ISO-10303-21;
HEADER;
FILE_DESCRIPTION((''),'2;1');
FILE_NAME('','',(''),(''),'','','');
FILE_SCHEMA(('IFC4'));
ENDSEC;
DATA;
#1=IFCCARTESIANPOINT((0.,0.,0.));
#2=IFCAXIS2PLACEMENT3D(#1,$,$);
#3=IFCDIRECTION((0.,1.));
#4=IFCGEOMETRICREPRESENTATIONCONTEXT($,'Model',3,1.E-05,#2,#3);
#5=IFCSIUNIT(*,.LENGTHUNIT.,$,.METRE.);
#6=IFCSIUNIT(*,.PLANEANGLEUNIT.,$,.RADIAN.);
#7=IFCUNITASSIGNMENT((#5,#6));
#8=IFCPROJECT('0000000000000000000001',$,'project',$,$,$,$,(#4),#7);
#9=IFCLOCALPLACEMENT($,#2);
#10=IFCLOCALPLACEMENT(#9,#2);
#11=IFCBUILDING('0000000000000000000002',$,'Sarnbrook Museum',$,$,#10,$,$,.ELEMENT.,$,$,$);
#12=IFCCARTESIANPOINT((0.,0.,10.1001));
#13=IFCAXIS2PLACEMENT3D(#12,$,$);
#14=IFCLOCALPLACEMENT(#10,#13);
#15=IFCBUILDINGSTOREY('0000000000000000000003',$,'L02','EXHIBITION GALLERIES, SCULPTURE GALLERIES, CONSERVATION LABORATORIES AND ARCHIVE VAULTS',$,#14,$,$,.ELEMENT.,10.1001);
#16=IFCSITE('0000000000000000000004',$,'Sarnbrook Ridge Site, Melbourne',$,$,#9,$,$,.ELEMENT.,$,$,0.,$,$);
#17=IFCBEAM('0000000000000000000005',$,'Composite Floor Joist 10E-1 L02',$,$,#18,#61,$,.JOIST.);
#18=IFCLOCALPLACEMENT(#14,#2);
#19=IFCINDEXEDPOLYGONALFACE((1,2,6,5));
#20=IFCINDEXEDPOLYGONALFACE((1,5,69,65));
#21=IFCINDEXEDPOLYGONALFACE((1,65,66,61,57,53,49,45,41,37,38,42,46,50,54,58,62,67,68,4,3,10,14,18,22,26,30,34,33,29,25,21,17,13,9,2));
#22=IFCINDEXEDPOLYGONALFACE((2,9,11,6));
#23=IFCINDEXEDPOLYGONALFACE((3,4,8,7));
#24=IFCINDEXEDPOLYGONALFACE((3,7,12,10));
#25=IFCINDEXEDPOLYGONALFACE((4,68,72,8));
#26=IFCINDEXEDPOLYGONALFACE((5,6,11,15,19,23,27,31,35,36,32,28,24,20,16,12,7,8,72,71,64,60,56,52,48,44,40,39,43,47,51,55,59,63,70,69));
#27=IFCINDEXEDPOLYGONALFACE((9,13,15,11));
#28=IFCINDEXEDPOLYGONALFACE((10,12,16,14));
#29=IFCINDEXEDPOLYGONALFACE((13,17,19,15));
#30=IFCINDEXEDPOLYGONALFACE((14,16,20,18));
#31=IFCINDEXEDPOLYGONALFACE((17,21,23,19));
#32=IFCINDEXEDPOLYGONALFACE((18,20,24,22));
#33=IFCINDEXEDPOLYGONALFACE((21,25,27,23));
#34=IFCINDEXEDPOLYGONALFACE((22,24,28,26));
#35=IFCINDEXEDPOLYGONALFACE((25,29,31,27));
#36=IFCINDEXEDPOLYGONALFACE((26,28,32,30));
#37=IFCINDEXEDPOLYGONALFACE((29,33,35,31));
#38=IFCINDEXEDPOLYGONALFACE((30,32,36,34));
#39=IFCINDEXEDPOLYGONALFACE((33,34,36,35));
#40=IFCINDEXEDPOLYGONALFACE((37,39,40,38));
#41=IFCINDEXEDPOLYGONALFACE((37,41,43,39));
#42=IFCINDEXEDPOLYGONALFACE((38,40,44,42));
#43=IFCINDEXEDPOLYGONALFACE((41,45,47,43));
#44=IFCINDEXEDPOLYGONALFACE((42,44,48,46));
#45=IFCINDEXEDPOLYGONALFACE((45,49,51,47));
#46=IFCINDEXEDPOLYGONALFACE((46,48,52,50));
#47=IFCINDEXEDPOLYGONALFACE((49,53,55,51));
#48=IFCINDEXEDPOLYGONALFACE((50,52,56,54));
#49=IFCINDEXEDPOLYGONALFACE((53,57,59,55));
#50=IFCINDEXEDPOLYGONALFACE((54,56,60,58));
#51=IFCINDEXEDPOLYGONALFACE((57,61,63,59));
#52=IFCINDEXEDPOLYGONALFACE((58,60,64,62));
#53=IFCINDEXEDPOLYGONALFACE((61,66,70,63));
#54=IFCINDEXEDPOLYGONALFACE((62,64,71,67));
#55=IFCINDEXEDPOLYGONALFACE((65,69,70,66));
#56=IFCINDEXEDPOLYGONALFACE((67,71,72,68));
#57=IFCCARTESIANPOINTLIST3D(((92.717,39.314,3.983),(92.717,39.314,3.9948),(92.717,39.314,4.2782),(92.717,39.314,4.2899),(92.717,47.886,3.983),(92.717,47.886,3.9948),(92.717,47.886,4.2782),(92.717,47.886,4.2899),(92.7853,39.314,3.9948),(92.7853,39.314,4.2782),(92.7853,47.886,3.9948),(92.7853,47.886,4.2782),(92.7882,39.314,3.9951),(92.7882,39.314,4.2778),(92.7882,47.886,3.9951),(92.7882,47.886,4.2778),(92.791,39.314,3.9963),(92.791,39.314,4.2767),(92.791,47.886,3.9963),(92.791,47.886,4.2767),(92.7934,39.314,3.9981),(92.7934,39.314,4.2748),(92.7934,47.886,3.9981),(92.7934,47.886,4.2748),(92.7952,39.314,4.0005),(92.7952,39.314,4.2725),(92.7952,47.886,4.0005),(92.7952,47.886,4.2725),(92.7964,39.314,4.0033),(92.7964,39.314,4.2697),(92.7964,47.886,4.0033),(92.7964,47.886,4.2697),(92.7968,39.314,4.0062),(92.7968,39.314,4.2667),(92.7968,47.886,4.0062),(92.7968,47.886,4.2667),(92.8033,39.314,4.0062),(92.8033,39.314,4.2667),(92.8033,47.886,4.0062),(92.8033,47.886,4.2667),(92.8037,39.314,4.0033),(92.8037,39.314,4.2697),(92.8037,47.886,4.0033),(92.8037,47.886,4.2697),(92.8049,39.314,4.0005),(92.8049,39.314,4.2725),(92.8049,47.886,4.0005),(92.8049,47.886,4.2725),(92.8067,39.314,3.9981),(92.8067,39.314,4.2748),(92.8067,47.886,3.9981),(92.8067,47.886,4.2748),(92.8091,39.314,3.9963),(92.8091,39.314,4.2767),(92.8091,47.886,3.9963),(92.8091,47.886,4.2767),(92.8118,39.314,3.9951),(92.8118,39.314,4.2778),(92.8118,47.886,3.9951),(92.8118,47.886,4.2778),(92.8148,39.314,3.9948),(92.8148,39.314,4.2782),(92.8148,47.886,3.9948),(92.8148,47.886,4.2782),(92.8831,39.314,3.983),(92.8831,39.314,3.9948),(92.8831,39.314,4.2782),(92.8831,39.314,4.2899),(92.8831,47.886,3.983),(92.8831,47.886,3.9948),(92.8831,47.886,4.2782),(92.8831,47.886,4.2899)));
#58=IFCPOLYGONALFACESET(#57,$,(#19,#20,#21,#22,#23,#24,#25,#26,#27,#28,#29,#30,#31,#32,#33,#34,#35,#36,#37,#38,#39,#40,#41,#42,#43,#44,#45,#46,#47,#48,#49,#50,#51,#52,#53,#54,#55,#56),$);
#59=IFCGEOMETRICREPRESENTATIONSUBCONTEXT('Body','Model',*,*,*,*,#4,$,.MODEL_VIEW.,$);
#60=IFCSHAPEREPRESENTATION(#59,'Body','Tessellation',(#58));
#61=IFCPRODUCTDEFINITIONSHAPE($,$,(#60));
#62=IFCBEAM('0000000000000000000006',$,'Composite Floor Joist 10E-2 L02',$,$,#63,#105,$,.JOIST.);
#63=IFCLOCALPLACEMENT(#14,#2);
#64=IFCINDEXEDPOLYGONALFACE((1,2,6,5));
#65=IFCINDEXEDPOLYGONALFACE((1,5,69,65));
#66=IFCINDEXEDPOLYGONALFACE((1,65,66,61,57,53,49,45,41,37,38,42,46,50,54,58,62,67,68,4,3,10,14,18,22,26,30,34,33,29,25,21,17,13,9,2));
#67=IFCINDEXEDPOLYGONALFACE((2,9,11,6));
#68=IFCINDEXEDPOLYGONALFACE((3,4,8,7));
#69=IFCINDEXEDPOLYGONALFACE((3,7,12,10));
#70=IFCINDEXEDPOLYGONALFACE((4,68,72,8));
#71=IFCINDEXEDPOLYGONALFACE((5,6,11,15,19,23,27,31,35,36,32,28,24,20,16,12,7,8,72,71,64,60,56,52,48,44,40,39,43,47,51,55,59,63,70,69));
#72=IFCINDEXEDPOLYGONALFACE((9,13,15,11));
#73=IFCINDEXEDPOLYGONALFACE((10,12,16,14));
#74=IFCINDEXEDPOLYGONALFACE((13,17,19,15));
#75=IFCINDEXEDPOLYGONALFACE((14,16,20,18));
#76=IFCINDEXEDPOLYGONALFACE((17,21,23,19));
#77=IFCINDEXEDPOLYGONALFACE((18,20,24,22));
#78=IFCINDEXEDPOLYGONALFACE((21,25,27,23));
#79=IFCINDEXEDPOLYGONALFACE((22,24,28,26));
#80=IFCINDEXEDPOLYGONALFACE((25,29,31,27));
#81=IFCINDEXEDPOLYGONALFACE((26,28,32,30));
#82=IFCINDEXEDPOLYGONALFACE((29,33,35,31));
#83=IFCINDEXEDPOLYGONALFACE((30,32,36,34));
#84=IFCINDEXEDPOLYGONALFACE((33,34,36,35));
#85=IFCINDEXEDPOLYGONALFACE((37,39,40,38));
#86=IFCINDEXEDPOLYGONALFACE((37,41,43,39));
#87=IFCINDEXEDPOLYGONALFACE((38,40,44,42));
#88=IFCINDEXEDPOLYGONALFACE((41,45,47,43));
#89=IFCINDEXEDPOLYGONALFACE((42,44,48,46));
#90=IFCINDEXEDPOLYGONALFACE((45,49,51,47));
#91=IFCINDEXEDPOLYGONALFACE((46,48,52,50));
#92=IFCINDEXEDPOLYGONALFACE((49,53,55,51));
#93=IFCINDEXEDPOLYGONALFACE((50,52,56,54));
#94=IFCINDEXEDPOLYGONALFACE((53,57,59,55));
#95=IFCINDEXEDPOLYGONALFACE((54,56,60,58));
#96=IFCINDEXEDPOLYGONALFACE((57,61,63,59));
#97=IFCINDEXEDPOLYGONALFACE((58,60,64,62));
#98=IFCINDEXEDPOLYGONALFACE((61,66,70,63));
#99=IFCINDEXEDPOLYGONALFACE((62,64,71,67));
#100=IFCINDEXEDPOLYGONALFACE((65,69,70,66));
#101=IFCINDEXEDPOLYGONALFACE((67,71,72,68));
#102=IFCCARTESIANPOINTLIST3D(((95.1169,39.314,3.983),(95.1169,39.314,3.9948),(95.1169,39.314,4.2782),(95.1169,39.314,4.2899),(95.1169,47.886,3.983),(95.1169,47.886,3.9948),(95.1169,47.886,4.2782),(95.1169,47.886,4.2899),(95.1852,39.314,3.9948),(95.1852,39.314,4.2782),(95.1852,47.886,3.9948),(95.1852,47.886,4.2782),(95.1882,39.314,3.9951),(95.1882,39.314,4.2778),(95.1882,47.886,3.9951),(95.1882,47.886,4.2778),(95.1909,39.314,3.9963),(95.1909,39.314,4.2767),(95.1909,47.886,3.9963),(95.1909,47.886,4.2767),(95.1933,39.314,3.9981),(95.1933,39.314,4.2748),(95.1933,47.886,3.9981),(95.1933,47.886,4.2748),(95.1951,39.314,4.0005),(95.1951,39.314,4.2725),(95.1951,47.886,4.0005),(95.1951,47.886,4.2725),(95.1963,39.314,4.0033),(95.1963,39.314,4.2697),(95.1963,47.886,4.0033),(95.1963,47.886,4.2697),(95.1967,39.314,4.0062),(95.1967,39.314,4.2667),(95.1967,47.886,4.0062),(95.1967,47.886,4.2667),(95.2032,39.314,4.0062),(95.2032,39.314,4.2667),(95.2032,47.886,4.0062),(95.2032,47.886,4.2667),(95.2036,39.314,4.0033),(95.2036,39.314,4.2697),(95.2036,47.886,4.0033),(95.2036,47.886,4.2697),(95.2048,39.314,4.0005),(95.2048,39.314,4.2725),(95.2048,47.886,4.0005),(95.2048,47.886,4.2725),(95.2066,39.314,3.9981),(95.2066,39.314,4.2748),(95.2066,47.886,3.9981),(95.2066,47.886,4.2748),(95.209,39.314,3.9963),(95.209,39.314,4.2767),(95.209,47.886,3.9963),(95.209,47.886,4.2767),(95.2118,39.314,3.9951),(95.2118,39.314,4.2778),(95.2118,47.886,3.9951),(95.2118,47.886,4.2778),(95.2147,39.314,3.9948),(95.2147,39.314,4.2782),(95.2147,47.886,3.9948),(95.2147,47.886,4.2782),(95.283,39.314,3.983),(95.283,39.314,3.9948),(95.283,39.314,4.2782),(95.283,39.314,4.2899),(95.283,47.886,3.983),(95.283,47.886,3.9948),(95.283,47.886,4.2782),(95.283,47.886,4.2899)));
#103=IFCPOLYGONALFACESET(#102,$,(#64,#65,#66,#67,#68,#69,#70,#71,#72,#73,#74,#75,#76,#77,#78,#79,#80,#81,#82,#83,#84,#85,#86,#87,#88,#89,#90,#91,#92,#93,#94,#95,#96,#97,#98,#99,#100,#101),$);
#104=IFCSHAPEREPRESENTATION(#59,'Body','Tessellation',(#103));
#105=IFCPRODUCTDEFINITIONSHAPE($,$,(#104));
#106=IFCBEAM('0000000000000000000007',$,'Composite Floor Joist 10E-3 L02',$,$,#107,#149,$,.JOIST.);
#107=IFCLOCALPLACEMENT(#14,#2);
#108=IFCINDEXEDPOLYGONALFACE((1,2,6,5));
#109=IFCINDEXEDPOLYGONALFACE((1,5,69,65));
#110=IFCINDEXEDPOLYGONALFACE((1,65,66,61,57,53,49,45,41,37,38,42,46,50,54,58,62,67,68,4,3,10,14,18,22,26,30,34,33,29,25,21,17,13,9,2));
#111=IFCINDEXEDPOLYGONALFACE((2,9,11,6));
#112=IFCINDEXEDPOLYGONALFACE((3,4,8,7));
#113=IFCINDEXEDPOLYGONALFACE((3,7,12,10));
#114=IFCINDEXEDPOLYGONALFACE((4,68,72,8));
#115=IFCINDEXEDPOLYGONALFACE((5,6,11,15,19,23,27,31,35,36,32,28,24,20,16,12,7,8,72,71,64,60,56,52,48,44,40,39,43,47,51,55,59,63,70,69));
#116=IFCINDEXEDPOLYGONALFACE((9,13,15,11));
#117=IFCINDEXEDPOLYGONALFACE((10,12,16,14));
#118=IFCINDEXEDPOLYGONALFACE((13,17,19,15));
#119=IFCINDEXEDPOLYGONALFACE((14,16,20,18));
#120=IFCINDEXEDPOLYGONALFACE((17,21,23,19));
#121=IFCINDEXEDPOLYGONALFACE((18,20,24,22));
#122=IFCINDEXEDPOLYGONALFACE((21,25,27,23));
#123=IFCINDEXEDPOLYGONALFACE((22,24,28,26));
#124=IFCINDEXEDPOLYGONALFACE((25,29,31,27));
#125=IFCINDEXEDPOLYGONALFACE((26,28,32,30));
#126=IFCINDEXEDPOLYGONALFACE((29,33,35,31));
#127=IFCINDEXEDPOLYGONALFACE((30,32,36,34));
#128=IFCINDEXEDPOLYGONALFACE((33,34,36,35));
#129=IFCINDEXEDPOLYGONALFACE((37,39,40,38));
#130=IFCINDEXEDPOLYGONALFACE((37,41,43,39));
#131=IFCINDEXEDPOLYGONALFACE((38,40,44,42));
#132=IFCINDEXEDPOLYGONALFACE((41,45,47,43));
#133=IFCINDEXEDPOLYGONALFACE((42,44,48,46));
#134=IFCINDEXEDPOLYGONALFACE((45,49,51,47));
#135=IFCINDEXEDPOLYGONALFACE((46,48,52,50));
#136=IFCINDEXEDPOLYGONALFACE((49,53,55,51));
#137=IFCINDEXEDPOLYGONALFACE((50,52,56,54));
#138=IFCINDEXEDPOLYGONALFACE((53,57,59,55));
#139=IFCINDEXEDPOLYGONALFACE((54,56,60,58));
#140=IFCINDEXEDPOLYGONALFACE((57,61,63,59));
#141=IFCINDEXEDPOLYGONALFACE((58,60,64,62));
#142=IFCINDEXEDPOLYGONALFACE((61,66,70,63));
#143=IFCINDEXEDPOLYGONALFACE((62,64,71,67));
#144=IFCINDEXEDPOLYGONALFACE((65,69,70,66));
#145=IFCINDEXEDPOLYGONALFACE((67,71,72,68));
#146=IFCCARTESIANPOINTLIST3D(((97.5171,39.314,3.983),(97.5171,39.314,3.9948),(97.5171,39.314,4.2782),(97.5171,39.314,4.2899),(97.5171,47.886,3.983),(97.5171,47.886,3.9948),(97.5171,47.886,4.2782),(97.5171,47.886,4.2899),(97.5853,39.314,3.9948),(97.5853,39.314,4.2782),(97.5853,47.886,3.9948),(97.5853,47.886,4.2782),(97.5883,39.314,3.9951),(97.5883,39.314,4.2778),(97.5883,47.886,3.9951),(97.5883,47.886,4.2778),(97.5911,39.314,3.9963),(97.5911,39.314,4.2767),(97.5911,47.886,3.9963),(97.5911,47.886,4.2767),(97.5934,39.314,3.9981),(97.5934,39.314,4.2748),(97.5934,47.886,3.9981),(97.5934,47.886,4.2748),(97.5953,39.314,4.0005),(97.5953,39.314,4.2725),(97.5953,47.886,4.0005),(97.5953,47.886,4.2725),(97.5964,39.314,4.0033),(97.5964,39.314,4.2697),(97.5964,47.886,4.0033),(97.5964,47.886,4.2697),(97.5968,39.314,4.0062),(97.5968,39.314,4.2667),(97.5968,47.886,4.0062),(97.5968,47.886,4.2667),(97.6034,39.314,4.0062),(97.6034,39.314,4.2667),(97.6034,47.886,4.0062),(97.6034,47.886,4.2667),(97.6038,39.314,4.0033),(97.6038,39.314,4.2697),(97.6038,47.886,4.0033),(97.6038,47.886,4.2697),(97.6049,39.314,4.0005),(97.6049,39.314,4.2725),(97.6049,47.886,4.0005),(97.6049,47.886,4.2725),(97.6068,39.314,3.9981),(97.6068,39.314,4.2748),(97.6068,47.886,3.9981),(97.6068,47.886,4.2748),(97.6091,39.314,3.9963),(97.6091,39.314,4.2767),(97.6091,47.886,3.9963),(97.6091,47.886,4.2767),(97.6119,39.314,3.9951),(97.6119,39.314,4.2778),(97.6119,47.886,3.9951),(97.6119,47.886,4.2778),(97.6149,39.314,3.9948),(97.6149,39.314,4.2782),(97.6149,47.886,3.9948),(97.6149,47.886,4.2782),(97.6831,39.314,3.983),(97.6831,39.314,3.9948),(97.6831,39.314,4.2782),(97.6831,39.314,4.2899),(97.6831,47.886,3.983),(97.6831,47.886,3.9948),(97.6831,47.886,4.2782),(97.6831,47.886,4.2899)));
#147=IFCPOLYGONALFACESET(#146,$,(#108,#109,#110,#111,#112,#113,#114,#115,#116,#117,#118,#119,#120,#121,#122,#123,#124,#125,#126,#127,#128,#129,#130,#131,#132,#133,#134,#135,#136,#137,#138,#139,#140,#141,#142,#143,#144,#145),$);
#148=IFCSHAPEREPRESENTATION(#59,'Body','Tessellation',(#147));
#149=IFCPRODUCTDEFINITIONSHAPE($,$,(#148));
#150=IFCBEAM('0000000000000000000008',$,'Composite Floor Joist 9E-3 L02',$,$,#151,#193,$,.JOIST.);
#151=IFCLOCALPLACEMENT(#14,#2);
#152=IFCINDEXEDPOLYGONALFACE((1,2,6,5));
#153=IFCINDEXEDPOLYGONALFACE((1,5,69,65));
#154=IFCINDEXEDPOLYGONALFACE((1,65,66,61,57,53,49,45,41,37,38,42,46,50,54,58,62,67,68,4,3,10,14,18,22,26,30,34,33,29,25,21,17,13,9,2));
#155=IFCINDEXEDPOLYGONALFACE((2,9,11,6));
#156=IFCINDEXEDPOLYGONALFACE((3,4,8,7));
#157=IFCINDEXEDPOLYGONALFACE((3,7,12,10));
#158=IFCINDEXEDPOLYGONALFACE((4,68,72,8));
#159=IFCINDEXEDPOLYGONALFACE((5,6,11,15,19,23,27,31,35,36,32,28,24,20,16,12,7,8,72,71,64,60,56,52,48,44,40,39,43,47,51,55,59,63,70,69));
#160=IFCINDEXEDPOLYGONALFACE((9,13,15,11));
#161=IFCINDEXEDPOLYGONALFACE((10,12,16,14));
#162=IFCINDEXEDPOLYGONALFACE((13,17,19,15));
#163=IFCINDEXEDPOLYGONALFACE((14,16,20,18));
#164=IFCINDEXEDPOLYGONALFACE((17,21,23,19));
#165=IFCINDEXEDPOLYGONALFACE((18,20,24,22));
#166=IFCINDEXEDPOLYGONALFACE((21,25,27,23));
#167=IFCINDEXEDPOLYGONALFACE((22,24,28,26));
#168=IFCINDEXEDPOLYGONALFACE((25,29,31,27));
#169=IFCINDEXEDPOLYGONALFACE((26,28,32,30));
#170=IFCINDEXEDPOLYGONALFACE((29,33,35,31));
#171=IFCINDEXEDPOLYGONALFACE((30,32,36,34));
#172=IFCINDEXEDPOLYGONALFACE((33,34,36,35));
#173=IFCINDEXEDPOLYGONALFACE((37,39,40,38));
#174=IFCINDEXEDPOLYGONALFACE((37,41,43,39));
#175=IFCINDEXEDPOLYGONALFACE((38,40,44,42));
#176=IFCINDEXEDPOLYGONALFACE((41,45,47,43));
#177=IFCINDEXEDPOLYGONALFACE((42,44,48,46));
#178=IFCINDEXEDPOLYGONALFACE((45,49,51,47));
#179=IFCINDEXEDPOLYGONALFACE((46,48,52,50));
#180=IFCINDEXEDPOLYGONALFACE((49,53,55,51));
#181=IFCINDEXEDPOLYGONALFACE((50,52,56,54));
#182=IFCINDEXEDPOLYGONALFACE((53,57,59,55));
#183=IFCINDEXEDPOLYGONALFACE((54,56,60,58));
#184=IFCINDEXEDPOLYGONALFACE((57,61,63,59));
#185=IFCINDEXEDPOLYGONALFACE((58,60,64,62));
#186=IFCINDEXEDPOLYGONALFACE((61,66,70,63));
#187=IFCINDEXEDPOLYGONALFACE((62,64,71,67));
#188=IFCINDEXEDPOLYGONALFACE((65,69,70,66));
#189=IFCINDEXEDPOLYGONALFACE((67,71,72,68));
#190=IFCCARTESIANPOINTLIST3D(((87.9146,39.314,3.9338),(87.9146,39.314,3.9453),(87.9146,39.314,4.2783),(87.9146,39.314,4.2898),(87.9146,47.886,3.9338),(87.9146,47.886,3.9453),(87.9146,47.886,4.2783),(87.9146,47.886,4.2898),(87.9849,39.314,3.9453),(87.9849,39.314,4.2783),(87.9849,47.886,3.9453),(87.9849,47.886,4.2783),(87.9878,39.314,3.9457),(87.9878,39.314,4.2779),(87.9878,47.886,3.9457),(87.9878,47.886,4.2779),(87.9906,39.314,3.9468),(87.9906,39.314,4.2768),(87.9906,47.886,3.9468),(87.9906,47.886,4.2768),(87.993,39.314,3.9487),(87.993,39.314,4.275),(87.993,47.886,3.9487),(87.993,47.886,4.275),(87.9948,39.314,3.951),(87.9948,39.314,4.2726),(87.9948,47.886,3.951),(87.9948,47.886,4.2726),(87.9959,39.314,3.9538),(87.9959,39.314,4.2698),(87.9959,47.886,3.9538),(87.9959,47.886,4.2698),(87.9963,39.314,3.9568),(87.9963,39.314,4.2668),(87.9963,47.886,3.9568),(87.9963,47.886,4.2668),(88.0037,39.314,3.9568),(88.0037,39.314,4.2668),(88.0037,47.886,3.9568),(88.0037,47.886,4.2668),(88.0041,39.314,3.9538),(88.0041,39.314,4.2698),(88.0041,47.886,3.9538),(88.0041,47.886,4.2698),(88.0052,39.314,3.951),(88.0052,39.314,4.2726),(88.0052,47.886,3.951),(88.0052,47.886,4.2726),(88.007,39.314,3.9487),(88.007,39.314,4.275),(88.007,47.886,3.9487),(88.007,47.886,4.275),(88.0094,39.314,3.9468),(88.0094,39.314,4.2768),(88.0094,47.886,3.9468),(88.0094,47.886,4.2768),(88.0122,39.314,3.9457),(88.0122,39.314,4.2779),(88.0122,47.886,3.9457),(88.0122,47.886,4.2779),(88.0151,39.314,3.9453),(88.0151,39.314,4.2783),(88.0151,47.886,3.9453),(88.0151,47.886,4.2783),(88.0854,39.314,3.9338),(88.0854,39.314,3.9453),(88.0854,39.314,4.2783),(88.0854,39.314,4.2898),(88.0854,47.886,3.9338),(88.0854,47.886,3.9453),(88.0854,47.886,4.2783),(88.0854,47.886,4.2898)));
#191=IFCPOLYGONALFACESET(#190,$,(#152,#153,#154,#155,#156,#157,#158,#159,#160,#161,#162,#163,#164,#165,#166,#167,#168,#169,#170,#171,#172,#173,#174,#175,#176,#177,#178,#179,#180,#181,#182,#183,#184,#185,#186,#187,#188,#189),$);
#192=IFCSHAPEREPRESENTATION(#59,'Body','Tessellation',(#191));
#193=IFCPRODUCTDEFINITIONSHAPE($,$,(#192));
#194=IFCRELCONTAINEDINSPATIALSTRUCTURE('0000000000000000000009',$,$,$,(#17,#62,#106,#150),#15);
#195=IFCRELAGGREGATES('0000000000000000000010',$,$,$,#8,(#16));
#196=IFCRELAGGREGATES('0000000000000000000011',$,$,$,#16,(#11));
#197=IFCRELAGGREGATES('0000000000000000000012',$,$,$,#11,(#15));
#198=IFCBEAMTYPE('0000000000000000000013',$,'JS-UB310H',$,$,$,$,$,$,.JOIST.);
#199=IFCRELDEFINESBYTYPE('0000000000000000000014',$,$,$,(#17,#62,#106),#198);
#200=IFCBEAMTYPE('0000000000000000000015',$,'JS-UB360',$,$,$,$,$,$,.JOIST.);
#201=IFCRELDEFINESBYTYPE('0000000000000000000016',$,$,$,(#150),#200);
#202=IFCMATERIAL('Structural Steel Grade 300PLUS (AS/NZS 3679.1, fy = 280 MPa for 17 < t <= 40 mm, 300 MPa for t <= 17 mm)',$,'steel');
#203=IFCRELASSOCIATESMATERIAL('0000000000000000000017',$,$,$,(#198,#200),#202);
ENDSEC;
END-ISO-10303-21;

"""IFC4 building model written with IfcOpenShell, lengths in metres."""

from ifc_helpers import new_model, si_unit, direction, frame, origin, origin_2d, place, context, subcontext, project, spatial, i_section, extrude, material, material_profile, profile_set, type_object, element, save


model = new_model("IFC4")

# Units and contexts
model_context = context("Model", 3, precision=1e-05, world=origin(), true_north=direction((0.0, 1.0)))
body_context = subcontext(model_context, "Body", "Model", "MODEL_VIEW")
ifc_project = project(units=[si_unit("LENGTHUNIT", "METRE"), si_unit("PLANEANGLEUNIT", "RADIAN")], contexts=[model_context])

# Site, building, storey
site_placement = place(None, origin())
site = spatial("IfcSite", under=ifc_project, at=site_placement, Name="Sarnbrook Ridge Site, Melbourne", CompositionType="ELEMENT", RefElevation=0.0)
building_placement = place(site_placement, origin())
building = spatial("IfcBuilding", under=site, at=building_placement, Name="Sarnbrook Museum", CompositionType="ELEMENT")
storey_placement = place(building_placement, frame((0.0, 0.0, 10.1001)))
storey = spatial("IfcBuildingStorey", under=building, at=storey_placement, Name="L02", Description="EXHIBITION GALLERIES, SCULPTURE GALLERIES, CONSERVATION LABORATORIES AND ARCHIVE VAULTS", CompositionType="ELEMENT", Elevation=10.1001)

# Shared definitions
ifc_material_1 = material(Name="Structural Steel Grade 300PLUS (AS/NZS 3679.1, fy = 280 MPa for 17 < t <= 40 mm, 300 MPa for t <= 17 mm)", Category="steel")

# Beams
ifc_material_profile_1 = material_profile(ifc_material_1, i_section(OverallWidth=0.166, OverallDepth=0.3069, WebThickness=0.0066, FlangeThickness=0.0117, FilletRadius=0.0115, at=origin_2d()), Name="310UB46.2")
ifc_profile_set_1 = profile_set([ifc_material_profile_1], Name="Structural Steel Grade 300PLUS (AS/NZS 3679.1, fy = 280 MPa for 17 < t <= 40 mm, 300 MPa for t <= 17 mm)")
beam_type_1 = type_object("IfcBeamType", Name="JS-UB310H", PredefinedType="JOIST", material=ifc_profile_set_1)
for number, where, z_axis, x_axis, name in (
    (1, (92.8, 39.314, 4.1365), (0.0, 1.0, 0.0), (-1.0, 0.0, 0.0), "Composite Floor Joist 10E-1 L02"),
    (2, (95.2, 39.314, 4.1365), (0.0, 1.0, 0.0), (-1.0, 0.0, 0.0), "Composite Floor Joist 10E-2 L02"),
    (3, (97.6001, 39.314, 4.1365), (0.0, 1.0, 0.0), (-1.0, 0.0, 0.0), "Composite Floor Joist 10E-3 L02"),
):
    element("IfcBeam", number, at=place(storey_placement, frame(where, z_axis=z_axis, x_axis=x_axis)), inside=storey, type_object=beam_type_1, Name=name, PredefinedType="JOIST", context=body_context, shape_type="SweptSolid", body=[
        extrude(i_section(OverallWidth=0.166, OverallDepth=0.3069, WebThickness=0.0066, FlangeThickness=0.0117, FilletRadius=0.0115, at=origin_2d()), origin(), (0.0, 0.0, 1.0), 8.572),
    ])
ifc_material_profile_2 = material_profile(ifc_material_1, i_section(OverallWidth=0.1709, OverallDepth=0.356, WebThickness=0.0073, FlangeThickness=0.0115, FilletRadius=0.0115, at=origin_2d()), Name="360UB50.7")
ifc_profile_set_2 = profile_set([ifc_material_profile_2], Name="Structural Steel Grade 300PLUS (AS/NZS 3679.1, fy = 280 MPa for 17 < t <= 40 mm, 300 MPa for t <= 17 mm)")
beam_type_2 = type_object("IfcBeamType", Name="JS-UB360", PredefinedType="JOIST", material=ifc_profile_set_2)
beam_1_placement = place(storey_placement, frame((88.0, 39.314, 4.1118), z_axis=(0.0, 1.0, 0.0), x_axis=(-1.0, 0.0, 0.0)))
element("IfcBeam", 4, at=beam_1_placement, inside=storey, type_object=beam_type_2, Name="Composite Floor Joist 9E-3 L02", PredefinedType="JOIST", context=body_context, shape_type="SweptSolid", body=[
    extrude(i_section(OverallWidth=0.1709, OverallDepth=0.356, WebThickness=0.0073, FlangeThickness=0.0115, FilletRadius=0.0115, at=origin_2d()), origin(), (0.0, 0.0, 1.0), 8.572),
])

save(model, "model.ifc")
